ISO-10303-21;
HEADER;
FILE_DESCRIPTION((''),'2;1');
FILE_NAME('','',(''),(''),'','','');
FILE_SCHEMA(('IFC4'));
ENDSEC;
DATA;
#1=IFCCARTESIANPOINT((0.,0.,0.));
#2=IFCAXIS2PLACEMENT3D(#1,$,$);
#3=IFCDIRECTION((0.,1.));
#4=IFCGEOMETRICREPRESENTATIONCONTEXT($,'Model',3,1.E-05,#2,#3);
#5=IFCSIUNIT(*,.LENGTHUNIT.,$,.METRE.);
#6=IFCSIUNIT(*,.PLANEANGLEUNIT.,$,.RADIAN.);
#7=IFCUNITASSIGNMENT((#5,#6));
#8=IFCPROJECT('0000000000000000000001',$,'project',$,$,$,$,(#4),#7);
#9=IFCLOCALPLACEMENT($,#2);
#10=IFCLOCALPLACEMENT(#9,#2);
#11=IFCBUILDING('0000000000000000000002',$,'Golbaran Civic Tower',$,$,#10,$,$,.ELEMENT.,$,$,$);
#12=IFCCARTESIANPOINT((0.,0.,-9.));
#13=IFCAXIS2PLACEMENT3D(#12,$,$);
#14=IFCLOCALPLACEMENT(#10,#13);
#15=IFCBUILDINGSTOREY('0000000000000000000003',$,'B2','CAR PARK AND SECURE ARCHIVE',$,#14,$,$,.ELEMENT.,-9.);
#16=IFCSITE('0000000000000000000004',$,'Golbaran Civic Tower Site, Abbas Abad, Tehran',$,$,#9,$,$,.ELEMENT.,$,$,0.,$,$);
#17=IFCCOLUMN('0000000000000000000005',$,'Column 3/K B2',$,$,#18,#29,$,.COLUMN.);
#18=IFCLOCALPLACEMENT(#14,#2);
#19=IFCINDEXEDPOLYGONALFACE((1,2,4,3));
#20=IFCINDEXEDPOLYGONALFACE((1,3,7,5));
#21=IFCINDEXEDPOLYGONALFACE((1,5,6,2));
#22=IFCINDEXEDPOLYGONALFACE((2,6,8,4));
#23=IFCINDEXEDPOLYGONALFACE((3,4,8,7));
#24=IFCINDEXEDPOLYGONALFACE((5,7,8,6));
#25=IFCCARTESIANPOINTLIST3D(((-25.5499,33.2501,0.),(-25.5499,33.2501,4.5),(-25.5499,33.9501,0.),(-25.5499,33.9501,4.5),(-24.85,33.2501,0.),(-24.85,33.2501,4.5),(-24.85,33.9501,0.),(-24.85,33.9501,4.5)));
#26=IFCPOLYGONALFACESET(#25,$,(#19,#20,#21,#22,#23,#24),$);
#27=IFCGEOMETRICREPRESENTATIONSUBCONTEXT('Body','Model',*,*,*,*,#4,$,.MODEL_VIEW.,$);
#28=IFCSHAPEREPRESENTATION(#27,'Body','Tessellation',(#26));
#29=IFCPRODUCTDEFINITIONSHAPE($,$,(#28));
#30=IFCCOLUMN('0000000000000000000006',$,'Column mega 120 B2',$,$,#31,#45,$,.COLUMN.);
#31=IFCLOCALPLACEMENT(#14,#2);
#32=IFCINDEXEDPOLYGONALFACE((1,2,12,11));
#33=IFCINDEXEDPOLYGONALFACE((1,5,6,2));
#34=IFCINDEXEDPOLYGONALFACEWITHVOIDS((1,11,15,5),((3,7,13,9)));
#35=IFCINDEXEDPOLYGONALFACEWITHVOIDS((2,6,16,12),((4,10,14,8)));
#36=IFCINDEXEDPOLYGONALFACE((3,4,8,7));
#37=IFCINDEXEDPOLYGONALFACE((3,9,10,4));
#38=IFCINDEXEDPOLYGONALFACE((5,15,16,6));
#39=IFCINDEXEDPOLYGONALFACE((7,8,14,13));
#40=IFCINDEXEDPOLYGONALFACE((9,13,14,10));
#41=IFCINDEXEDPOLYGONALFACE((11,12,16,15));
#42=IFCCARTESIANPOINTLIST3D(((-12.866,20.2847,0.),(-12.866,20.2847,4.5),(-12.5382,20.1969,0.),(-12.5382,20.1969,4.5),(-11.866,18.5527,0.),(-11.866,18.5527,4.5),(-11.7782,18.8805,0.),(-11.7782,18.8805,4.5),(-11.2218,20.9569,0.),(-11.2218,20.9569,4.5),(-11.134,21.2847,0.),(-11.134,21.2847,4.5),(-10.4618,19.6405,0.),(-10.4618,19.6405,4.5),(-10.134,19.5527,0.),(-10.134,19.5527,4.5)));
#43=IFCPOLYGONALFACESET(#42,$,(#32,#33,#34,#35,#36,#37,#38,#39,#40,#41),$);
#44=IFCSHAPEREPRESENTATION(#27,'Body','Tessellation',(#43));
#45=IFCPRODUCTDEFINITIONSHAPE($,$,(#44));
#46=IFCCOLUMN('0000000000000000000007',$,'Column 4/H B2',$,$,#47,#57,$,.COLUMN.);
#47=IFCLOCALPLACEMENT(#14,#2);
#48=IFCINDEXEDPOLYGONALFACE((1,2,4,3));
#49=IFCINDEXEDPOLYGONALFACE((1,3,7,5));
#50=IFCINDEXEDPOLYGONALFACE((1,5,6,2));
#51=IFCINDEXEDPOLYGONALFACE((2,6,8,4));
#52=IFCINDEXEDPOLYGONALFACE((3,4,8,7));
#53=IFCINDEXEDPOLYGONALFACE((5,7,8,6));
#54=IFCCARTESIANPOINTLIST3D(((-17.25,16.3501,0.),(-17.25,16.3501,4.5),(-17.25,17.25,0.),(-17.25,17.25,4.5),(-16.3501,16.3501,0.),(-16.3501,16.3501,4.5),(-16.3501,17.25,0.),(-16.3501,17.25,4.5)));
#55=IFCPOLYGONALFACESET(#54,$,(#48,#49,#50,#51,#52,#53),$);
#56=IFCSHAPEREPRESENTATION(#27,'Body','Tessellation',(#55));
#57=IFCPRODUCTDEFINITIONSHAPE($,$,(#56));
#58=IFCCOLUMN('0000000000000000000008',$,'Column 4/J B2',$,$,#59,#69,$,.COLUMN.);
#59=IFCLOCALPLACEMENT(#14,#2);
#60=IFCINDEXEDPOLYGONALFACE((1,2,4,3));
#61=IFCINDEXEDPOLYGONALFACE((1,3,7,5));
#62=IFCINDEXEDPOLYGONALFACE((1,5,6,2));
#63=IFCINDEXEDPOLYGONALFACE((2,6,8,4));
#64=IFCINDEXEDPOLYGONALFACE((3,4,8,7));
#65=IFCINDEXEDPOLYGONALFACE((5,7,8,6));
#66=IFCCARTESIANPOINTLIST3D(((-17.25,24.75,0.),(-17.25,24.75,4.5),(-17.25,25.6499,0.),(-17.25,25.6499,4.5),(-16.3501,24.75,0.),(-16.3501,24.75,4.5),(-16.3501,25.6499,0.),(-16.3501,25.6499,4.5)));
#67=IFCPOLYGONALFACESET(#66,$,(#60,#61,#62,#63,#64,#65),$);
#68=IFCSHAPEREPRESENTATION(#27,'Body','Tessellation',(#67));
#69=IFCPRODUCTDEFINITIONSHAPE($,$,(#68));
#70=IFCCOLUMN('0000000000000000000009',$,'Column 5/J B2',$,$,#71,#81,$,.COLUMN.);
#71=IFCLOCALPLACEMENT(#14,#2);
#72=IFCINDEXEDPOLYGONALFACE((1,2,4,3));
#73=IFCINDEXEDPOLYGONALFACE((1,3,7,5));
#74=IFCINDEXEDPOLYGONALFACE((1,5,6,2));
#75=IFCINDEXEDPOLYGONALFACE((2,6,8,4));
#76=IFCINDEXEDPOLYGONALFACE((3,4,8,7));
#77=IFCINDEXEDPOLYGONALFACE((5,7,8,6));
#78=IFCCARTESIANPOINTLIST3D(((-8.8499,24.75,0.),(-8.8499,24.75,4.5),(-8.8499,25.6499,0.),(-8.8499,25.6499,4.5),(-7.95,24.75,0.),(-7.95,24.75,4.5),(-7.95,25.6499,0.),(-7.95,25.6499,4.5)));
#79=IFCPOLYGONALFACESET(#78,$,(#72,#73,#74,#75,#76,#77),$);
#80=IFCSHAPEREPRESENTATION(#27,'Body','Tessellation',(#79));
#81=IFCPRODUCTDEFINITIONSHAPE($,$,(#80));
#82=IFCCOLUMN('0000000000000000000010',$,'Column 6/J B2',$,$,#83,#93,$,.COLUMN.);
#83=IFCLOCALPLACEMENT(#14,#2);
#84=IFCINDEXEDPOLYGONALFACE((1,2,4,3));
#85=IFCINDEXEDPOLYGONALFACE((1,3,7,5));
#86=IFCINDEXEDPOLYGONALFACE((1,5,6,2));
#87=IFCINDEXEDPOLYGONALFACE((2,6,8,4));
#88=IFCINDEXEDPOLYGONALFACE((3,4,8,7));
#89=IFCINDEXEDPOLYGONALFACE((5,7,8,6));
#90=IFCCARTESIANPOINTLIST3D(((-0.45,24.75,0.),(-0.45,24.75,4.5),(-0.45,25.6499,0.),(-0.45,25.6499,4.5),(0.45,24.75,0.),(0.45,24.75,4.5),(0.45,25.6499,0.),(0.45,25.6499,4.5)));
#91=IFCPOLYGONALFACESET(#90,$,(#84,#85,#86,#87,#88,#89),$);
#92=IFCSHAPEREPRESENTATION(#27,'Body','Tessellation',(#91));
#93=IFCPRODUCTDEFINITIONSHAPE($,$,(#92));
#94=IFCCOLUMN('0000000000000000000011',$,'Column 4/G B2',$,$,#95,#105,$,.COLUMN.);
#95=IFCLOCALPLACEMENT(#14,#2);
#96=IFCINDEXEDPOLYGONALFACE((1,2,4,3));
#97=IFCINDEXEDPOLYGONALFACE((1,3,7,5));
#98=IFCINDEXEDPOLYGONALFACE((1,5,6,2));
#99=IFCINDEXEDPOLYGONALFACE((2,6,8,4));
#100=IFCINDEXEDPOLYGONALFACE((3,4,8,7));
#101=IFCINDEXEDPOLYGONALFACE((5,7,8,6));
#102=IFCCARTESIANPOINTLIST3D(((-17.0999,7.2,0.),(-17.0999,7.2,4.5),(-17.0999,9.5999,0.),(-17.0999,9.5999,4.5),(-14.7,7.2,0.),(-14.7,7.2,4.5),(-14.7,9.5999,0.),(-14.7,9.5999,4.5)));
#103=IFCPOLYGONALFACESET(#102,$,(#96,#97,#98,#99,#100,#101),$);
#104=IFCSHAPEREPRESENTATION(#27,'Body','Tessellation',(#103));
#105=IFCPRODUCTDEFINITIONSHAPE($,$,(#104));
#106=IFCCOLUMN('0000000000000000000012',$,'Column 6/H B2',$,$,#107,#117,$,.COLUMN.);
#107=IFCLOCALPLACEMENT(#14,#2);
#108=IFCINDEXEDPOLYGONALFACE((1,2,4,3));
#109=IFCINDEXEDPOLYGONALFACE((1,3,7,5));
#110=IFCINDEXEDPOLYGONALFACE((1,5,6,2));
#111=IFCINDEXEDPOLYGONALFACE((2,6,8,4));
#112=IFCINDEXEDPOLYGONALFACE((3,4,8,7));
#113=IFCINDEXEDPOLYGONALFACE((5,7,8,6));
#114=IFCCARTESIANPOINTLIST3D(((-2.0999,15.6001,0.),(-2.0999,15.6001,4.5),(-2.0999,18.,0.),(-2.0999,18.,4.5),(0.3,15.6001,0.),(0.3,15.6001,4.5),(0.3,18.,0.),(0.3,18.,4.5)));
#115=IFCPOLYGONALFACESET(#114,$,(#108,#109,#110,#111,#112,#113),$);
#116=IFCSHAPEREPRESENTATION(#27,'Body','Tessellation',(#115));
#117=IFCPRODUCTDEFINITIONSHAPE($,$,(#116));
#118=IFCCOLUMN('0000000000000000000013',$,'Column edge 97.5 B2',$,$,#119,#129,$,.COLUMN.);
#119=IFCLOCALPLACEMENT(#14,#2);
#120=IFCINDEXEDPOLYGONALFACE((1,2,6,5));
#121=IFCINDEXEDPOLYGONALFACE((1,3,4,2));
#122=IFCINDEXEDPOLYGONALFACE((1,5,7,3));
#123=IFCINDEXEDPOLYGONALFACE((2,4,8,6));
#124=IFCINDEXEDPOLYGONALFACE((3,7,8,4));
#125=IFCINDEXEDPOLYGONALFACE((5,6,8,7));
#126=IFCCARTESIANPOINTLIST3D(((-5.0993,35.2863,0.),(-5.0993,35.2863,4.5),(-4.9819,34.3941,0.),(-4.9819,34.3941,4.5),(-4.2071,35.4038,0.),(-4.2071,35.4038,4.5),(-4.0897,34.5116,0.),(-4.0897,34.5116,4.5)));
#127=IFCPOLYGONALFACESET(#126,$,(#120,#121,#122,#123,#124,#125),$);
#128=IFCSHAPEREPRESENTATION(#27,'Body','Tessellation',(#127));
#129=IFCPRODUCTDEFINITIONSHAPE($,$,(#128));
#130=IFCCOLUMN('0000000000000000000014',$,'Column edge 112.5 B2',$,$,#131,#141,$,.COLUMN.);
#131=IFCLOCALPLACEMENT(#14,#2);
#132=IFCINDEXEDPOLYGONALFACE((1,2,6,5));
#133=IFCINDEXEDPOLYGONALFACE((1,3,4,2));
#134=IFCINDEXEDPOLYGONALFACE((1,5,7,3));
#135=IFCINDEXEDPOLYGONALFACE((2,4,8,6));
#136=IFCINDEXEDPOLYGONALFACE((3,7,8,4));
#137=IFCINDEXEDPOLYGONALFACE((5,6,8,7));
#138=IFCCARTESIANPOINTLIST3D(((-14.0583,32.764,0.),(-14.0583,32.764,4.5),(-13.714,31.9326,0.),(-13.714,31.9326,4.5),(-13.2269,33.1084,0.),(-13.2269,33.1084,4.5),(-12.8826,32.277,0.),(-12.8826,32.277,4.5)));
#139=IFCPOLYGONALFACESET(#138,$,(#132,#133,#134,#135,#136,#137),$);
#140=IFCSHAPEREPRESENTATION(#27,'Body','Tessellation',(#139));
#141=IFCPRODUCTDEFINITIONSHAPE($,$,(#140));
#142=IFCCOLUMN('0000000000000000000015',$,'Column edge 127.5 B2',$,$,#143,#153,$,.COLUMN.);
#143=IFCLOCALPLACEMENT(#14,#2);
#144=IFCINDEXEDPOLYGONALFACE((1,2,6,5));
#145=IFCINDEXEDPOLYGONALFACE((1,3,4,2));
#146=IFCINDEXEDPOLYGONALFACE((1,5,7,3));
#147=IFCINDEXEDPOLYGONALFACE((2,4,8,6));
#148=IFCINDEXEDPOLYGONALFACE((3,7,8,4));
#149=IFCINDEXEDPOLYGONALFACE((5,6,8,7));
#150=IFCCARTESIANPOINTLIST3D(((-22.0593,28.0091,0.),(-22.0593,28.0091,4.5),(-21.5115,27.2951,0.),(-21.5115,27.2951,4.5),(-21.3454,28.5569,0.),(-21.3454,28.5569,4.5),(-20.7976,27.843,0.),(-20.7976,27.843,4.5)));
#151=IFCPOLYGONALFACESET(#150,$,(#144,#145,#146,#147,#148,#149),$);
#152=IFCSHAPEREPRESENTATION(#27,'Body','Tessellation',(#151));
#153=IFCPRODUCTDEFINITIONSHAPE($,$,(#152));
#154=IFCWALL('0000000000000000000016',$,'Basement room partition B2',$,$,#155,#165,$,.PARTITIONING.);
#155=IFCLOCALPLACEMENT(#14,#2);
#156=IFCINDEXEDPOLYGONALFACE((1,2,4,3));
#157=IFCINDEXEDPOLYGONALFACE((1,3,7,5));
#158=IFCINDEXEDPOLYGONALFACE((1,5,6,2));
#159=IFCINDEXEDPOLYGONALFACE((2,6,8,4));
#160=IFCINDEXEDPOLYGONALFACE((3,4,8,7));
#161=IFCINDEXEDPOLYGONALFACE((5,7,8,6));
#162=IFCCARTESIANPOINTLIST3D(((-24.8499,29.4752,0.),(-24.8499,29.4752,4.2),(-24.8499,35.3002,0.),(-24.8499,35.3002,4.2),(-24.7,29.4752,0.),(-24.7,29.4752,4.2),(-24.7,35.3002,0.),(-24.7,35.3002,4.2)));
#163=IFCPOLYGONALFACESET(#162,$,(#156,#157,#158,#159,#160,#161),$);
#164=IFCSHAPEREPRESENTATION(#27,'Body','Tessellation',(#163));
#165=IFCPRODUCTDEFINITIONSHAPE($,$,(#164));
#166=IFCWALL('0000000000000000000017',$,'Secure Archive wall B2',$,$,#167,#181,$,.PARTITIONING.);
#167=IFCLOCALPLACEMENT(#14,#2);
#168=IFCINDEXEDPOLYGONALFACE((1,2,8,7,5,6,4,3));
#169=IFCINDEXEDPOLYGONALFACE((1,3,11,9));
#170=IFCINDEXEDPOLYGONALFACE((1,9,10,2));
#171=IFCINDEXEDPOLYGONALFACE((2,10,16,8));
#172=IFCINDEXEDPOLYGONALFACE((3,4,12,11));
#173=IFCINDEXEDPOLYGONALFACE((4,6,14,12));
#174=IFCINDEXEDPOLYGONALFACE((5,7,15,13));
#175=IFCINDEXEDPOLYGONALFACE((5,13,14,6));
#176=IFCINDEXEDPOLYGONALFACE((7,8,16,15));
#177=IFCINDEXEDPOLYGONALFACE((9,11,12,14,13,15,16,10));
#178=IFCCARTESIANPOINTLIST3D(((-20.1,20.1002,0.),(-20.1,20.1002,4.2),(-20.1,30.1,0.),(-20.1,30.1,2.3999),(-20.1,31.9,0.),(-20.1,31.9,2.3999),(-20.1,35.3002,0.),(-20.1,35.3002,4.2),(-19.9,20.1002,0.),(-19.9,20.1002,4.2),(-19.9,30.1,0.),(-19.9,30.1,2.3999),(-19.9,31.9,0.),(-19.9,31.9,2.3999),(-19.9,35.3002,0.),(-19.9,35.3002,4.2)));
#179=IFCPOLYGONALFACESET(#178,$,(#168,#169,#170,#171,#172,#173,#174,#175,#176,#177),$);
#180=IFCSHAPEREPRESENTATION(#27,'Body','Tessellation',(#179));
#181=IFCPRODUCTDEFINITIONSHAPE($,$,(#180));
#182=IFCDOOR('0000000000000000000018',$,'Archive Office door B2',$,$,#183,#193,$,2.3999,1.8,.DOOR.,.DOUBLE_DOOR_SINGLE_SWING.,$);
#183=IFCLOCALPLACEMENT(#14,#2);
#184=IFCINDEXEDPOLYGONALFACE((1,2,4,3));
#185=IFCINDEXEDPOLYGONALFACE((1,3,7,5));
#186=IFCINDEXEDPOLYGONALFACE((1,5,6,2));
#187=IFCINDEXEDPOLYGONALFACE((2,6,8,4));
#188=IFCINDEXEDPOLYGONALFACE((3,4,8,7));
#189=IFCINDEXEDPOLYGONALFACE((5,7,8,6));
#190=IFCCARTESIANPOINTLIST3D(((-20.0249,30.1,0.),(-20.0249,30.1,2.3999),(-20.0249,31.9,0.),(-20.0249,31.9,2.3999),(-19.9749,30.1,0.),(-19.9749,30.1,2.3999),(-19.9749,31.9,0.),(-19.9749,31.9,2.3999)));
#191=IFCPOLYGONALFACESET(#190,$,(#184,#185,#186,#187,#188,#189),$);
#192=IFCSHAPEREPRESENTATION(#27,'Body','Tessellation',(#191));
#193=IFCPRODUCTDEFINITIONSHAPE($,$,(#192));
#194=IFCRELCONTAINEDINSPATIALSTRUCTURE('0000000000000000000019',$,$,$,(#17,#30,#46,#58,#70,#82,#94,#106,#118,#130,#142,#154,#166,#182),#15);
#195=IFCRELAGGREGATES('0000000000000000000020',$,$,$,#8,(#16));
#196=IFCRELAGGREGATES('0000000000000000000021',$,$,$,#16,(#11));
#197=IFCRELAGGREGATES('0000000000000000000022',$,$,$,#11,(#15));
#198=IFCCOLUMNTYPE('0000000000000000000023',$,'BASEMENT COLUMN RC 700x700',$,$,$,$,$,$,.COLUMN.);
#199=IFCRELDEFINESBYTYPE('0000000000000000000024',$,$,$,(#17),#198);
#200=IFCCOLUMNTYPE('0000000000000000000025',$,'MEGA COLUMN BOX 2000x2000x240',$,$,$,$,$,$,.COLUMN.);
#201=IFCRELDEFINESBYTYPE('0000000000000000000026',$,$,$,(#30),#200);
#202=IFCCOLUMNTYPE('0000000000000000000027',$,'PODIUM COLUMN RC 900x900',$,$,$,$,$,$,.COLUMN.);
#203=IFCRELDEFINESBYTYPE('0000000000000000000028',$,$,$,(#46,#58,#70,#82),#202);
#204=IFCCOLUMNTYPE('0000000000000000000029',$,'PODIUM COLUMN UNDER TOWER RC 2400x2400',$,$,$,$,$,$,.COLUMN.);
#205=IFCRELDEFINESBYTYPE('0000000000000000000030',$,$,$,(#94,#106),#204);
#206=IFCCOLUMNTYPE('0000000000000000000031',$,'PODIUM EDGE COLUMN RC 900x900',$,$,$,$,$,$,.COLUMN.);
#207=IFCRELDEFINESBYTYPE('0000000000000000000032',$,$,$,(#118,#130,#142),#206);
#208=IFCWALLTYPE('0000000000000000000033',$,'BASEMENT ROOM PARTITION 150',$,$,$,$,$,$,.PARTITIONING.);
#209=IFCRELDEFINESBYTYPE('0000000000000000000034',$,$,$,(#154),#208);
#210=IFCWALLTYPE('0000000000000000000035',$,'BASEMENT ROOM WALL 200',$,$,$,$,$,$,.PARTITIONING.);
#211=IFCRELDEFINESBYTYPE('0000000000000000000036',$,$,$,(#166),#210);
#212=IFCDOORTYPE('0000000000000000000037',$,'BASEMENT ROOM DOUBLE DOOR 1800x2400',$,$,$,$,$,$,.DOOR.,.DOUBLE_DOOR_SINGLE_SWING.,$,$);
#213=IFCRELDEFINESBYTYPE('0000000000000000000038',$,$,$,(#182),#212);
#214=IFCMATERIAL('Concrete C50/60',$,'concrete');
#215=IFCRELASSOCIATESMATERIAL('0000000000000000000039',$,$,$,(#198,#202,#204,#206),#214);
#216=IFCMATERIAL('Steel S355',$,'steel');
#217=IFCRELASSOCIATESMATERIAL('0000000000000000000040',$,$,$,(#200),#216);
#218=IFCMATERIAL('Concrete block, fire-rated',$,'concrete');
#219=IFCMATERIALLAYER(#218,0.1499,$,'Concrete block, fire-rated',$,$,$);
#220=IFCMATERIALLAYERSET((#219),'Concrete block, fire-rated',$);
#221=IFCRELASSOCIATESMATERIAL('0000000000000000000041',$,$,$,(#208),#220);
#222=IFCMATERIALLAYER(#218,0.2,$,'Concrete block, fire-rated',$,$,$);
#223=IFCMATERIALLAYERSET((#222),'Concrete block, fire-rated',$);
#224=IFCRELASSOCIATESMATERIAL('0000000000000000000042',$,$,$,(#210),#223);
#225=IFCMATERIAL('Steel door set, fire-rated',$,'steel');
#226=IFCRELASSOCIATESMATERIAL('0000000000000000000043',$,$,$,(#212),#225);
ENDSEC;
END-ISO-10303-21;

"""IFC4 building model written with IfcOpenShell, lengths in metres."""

from ifc_helpers import new_model, si_unit, direction, frame, frame_2d, origin, origin_2d, place, context, subcontext, project, spatial, rectangle, hollow_rectangle, extrude, material, layer, layer_set, material_profile, profile_set, type_object, element, fill, save


model = new_model("IFC4")

# Units and contexts
model_context = context("Model", 3, precision=1e-05, world=origin(), true_north=direction((0.0, 1.0)))
body_context = subcontext(model_context, "Body", "Model", "MODEL_VIEW")
ifc_project = project(units=[si_unit("LENGTHUNIT", "METRE"), si_unit("PLANEANGLEUNIT", "RADIAN")], contexts=[model_context])

# Site, building, storey
site_placement = place(None, origin())
site = spatial("IfcSite", under=ifc_project, at=site_placement, Name="Golbaran Civic Tower Site, Abbas Abad, Tehran", CompositionType="ELEMENT", RefElevation=0.0)
building_placement = place(site_placement, origin())
building = spatial("IfcBuilding", under=site, at=building_placement, Name="Golbaran Civic Tower", CompositionType="ELEMENT")
storey_placement = place(building_placement, frame((0.0, 0.0, -9.0)))
storey = spatial("IfcBuildingStorey", under=building, at=storey_placement, Name="B2", Description="CAR PARK AND SECURE ARCHIVE", CompositionType="ELEMENT", Elevation=-9.0)

# Columns
ifc_material_1 = material(Name="Concrete C50/60", Category="concrete")
ifc_material_profile_1 = material_profile(ifc_material_1, rectangle(XDim=0.7, YDim=0.7, at=origin_2d()), Name="RC 700x700")
ifc_profile_set_1 = profile_set([ifc_material_profile_1], Name="Concrete C50/60")
column_type_1 = type_object("IfcColumnType", Name="BASEMENT COLUMN RC 700x700", PredefinedType="COLUMN", material=ifc_profile_set_1)
column_1_placement = place(storey_placement, frame((-25.2, 33.6001, 0.0), z_axis=(0.0, 0.0, 1.0), x_axis=(1.0, 0.0, 0.0)))
element("IfcColumn", 1, at=column_1_placement, inside=storey, type_object=column_type_1, Name="Column 3/K B2", PredefinedType="COLUMN", context=body_context, shape_type="SweptSolid", body=[
    extrude(rectangle(XDim=0.7, YDim=0.7, at=origin_2d()), origin(), (0.0, 0.0, 1.0), 4.5),
])
ifc_material_2 = material(Name="Steel S355", Category="steel")
ifc_material_profile_2 = material_profile(ifc_material_2, hollow_rectangle(XDim=2.0, YDim=2.0, WallThickness=0.24, at=origin_2d()), Name="BOX 2000x2000x240")
ifc_profile_set_2 = profile_set([ifc_material_profile_2], Name="Steel S355")
column_type_2 = type_object("IfcColumnType", Name="MEGA COLUMN BOX 2000x2000x240", PredefinedType="COLUMN", material=ifc_profile_set_2)
column_2_placement = place(storey_placement, frame((-11.5, 19.9187, 0.0), z_axis=(0.0, 0.0, 1.0), x_axis=(-0.5, 0.866025, 0.0)))
element("IfcColumn", 2, at=column_2_placement, inside=storey, type_object=column_type_2, Name="Column mega 120 B2", PredefinedType="COLUMN", context=body_context, shape_type="SweptSolid", body=[
    extrude(hollow_rectangle(XDim=2.0, YDim=2.0, WallThickness=0.24, at=origin_2d()), origin(), (0.0, 0.0, 1.0), 4.5),
])
ifc_material_profile_3 = material_profile(ifc_material_1, rectangle(XDim=0.8999, YDim=0.8999, at=origin_2d()), Name="RC 900x900")
ifc_profile_set_3 = profile_set([ifc_material_profile_3], Name="Concrete C50/60")
column_type_3 = type_object("IfcColumnType", Name="PODIUM COLUMN RC 900x900", PredefinedType="COLUMN", material=ifc_profile_set_3)
for number, where, z_axis, x_axis, name in (
    (3, (-16.8, 16.8, 0.0), (0.0, 0.0, 1.0), (1.0, 0.0, 0.0), "Column 4/H B2"),
    (4, (-16.8, 25.2, 0.0), (0.0, 0.0, 1.0), (1.0, 0.0, 0.0), "Column 4/J B2"),
    (5, (-8.3999, 25.2, 0.0), (0.0, 0.0, 1.0), (1.0, 0.0, 0.0), "Column 5/J B2"),
    (6, (0.0, 25.2, 0.0), (0.0, 0.0, 1.0), (1.0, 0.0, 0.0), "Column 6/J B2"),
):
    element("IfcColumn", number, at=place(storey_placement, frame(where, z_axis=z_axis, x_axis=x_axis)), inside=storey, type_object=column_type_3, Name=name, PredefinedType="COLUMN", context=body_context, shape_type="SweptSolid", body=[
        extrude(rectangle(XDim=0.8999, YDim=0.8999, at=origin_2d()), origin(), (0.0, 0.0, 1.0), 4.5),
    ])
ifc_material_profile_4 = material_profile(ifc_material_1, rectangle(XDim=2.3999, YDim=2.3999, at=origin_2d()), Name="RC 2400x2400")
ifc_profile_set_4 = profile_set([ifc_material_profile_4], Name="Concrete C50/60")
column_type_4 = type_object("IfcColumnType", Name="PODIUM COLUMN UNDER TOWER RC 2400x2400", PredefinedType="COLUMN", material=ifc_profile_set_4)
for number, where, z_axis, x_axis, name in (
    (7, (-15.8999, 8.3999, 0.0), (0.0, 0.0, 1.0), (1.0, 0.0, 0.0), "Column 4/G B2"),
    (8, (-0.8999, 16.8, 0.0), (0.0, 0.0, 1.0), (1.0, 0.0, 0.0), "Column 6/H B2"),
):
    element("IfcColumn", number, at=place(storey_placement, frame(where, z_axis=z_axis, x_axis=x_axis)), inside=storey, type_object=column_type_4, Name=name, PredefinedType="COLUMN", context=body_context, shape_type="SweptSolid", body=[
        extrude(rectangle(XDim=2.3999, YDim=2.3999, at=origin_2d()), origin(), (0.0, 0.0, 1.0), 4.5),
    ])
ifc_material_profile_5 = material_profile(ifc_material_1, rectangle(XDim=0.8999, YDim=0.8999, at=origin_2d()), Name="RC 900x900")
ifc_profile_set_5 = profile_set([ifc_material_profile_5], Name="Concrete C50/60")
column_type_5 = type_object("IfcColumnType", Name="PODIUM EDGE COLUMN RC 900x900", PredefinedType="COLUMN", material=ifc_profile_set_5)
for number, where, z_axis, x_axis, name in (
    (9, (-4.5945, 34.8989, 0.0), (0.0, 0.0, 1.0), (-0.130526, 0.991445, 0.0), "Column edge 97.5 B2"),
    (10, (-13.4705, 32.5205, 0.0), (0.0, 0.0, 1.0), (-0.382683, 0.92388, 0.0), "Column edge 112.5 B2"),
    (11, (-21.4285, 27.926, 0.0), (0.0, 0.0, 1.0), (-0.608761, 0.793353, 0.0), "Column edge 127.5 B2"),
):
    element("IfcColumn", number, at=place(storey_placement, frame(where, z_axis=z_axis, x_axis=x_axis)), inside=storey, type_object=column_type_5, Name=name, PredefinedType="COLUMN", context=body_context, shape_type="SweptSolid", body=[
        extrude(rectangle(XDim=0.8999, YDim=0.8999, at=origin_2d()), origin(), (0.0, 0.0, 1.0), 4.5),
    ])

# Wall
ifc_material_3 = material(Name="Concrete block, fire-rated", Category="concrete")
ifc_layer_1 = layer(ifc_material_3, 0.1499, Name="Concrete block, fire-rated")
ifc_layer_set_1 = layer_set([ifc_layer_1], Name="Concrete block, fire-rated")
wall_type_1 = type_object("IfcWallType", Name="BASEMENT ROOM PARTITION 150", PredefinedType="PARTITIONING", material=ifc_layer_set_1)
wall_1_placement = place(storey_placement, frame((-24.7749, 29.4751, 0.0), z_axis=(0.0, 0.0, 1.0), x_axis=(0.0, 1.0, 0.0)))
element("IfcWall", 12, at=wall_1_placement, inside=storey, type_object=wall_type_1, Name="Basement room partition B2", PredefinedType="PARTITIONING", context=body_context, shape_type="SweptSolid", body=[
    extrude(rectangle(XDim=5.825, YDim=0.1499, at=frame_2d((2.9126, 0.0))), origin(), (0.0, 0.0, 1.0), 4.2),
])

# Wall, opening, door
ifc_layer_2 = layer(ifc_material_3, 0.2, Name="Concrete block, fire-rated")
ifc_layer_set_2 = layer_set([ifc_layer_2], Name="Concrete block, fire-rated")
wall_type_2 = type_object("IfcWallType", Name="BASEMENT ROOM WALL 200", PredefinedType="PARTITIONING", material=ifc_layer_set_2)
wall_2_placement = place(storey_placement, frame((-20.0, 20.1001, 0.0), z_axis=(0.0, 0.0, 1.0), x_axis=(0.0, 1.0, 0.0)))
wall_2 = element("IfcWall", 13, at=wall_2_placement, inside=storey, type_object=wall_type_2, Name="Secure Archive wall B2", PredefinedType="PARTITIONING", context=body_context, shape_type="SweptSolid", body=[
    extrude(rectangle(XDim=15.2, YDim=0.2, at=frame_2d((7.6001, 0.0))), origin(), (0.0, 0.0, 1.0), 4.2),
])
opening_1_placement = place(wall_2_placement, frame((10.0, 0.0, 0.0)))
opening_1 = element("IfcOpeningElement", 14, at=opening_1_placement, cuts=wall_2, PredefinedType="OPENING", context=body_context, shape_type="SweptSolid", body=[
    extrude(rectangle(XDim=1.8, YDim=2.3999, at=frame_2d((0.8999, 1.2))), frame((0.0, 0.1099, 0.0), z_axis=(0.0, -1.0, 0.0), x_axis=(1.0, 0.0, 0.0)), (0.0, 0.0, 1.0), 0.22),
])
ifc_material_4 = material(Name="Steel door set, fire-rated", Category="steel")
door_type_1 = type_object("IfcDoorType", Name="BASEMENT ROOM DOUBLE DOOR 1800x2400", OperationType="DOUBLE_DOOR_SINGLE_SWING", PredefinedType="DOOR", material=ifc_material_4)
door_1_placement = place(opening_1_placement, origin())
door_1 = element("IfcDoor", 15, at=door_1_placement, inside=storey, type_object=door_type_1, Name="Archive Office door B2", OperationType="DOUBLE_DOOR_SINGLE_SWING", OverallHeight=2.3999, OverallWidth=1.8, PredefinedType="DOOR", context=body_context, shape_type="SweptSolid", body=[
    extrude(rectangle(XDim=1.8, YDim=2.3999, at=frame_2d((0.8999, 1.2))), frame((0.0, 0.0249, 0.0), z_axis=(0.0, -1.0, 0.0), x_axis=(1.0, 0.0, 0.0)), (0.0, 0.0, 1.0), 0.05),
])
fill(opening_1, door_1)

save(model, "model.ifc")
